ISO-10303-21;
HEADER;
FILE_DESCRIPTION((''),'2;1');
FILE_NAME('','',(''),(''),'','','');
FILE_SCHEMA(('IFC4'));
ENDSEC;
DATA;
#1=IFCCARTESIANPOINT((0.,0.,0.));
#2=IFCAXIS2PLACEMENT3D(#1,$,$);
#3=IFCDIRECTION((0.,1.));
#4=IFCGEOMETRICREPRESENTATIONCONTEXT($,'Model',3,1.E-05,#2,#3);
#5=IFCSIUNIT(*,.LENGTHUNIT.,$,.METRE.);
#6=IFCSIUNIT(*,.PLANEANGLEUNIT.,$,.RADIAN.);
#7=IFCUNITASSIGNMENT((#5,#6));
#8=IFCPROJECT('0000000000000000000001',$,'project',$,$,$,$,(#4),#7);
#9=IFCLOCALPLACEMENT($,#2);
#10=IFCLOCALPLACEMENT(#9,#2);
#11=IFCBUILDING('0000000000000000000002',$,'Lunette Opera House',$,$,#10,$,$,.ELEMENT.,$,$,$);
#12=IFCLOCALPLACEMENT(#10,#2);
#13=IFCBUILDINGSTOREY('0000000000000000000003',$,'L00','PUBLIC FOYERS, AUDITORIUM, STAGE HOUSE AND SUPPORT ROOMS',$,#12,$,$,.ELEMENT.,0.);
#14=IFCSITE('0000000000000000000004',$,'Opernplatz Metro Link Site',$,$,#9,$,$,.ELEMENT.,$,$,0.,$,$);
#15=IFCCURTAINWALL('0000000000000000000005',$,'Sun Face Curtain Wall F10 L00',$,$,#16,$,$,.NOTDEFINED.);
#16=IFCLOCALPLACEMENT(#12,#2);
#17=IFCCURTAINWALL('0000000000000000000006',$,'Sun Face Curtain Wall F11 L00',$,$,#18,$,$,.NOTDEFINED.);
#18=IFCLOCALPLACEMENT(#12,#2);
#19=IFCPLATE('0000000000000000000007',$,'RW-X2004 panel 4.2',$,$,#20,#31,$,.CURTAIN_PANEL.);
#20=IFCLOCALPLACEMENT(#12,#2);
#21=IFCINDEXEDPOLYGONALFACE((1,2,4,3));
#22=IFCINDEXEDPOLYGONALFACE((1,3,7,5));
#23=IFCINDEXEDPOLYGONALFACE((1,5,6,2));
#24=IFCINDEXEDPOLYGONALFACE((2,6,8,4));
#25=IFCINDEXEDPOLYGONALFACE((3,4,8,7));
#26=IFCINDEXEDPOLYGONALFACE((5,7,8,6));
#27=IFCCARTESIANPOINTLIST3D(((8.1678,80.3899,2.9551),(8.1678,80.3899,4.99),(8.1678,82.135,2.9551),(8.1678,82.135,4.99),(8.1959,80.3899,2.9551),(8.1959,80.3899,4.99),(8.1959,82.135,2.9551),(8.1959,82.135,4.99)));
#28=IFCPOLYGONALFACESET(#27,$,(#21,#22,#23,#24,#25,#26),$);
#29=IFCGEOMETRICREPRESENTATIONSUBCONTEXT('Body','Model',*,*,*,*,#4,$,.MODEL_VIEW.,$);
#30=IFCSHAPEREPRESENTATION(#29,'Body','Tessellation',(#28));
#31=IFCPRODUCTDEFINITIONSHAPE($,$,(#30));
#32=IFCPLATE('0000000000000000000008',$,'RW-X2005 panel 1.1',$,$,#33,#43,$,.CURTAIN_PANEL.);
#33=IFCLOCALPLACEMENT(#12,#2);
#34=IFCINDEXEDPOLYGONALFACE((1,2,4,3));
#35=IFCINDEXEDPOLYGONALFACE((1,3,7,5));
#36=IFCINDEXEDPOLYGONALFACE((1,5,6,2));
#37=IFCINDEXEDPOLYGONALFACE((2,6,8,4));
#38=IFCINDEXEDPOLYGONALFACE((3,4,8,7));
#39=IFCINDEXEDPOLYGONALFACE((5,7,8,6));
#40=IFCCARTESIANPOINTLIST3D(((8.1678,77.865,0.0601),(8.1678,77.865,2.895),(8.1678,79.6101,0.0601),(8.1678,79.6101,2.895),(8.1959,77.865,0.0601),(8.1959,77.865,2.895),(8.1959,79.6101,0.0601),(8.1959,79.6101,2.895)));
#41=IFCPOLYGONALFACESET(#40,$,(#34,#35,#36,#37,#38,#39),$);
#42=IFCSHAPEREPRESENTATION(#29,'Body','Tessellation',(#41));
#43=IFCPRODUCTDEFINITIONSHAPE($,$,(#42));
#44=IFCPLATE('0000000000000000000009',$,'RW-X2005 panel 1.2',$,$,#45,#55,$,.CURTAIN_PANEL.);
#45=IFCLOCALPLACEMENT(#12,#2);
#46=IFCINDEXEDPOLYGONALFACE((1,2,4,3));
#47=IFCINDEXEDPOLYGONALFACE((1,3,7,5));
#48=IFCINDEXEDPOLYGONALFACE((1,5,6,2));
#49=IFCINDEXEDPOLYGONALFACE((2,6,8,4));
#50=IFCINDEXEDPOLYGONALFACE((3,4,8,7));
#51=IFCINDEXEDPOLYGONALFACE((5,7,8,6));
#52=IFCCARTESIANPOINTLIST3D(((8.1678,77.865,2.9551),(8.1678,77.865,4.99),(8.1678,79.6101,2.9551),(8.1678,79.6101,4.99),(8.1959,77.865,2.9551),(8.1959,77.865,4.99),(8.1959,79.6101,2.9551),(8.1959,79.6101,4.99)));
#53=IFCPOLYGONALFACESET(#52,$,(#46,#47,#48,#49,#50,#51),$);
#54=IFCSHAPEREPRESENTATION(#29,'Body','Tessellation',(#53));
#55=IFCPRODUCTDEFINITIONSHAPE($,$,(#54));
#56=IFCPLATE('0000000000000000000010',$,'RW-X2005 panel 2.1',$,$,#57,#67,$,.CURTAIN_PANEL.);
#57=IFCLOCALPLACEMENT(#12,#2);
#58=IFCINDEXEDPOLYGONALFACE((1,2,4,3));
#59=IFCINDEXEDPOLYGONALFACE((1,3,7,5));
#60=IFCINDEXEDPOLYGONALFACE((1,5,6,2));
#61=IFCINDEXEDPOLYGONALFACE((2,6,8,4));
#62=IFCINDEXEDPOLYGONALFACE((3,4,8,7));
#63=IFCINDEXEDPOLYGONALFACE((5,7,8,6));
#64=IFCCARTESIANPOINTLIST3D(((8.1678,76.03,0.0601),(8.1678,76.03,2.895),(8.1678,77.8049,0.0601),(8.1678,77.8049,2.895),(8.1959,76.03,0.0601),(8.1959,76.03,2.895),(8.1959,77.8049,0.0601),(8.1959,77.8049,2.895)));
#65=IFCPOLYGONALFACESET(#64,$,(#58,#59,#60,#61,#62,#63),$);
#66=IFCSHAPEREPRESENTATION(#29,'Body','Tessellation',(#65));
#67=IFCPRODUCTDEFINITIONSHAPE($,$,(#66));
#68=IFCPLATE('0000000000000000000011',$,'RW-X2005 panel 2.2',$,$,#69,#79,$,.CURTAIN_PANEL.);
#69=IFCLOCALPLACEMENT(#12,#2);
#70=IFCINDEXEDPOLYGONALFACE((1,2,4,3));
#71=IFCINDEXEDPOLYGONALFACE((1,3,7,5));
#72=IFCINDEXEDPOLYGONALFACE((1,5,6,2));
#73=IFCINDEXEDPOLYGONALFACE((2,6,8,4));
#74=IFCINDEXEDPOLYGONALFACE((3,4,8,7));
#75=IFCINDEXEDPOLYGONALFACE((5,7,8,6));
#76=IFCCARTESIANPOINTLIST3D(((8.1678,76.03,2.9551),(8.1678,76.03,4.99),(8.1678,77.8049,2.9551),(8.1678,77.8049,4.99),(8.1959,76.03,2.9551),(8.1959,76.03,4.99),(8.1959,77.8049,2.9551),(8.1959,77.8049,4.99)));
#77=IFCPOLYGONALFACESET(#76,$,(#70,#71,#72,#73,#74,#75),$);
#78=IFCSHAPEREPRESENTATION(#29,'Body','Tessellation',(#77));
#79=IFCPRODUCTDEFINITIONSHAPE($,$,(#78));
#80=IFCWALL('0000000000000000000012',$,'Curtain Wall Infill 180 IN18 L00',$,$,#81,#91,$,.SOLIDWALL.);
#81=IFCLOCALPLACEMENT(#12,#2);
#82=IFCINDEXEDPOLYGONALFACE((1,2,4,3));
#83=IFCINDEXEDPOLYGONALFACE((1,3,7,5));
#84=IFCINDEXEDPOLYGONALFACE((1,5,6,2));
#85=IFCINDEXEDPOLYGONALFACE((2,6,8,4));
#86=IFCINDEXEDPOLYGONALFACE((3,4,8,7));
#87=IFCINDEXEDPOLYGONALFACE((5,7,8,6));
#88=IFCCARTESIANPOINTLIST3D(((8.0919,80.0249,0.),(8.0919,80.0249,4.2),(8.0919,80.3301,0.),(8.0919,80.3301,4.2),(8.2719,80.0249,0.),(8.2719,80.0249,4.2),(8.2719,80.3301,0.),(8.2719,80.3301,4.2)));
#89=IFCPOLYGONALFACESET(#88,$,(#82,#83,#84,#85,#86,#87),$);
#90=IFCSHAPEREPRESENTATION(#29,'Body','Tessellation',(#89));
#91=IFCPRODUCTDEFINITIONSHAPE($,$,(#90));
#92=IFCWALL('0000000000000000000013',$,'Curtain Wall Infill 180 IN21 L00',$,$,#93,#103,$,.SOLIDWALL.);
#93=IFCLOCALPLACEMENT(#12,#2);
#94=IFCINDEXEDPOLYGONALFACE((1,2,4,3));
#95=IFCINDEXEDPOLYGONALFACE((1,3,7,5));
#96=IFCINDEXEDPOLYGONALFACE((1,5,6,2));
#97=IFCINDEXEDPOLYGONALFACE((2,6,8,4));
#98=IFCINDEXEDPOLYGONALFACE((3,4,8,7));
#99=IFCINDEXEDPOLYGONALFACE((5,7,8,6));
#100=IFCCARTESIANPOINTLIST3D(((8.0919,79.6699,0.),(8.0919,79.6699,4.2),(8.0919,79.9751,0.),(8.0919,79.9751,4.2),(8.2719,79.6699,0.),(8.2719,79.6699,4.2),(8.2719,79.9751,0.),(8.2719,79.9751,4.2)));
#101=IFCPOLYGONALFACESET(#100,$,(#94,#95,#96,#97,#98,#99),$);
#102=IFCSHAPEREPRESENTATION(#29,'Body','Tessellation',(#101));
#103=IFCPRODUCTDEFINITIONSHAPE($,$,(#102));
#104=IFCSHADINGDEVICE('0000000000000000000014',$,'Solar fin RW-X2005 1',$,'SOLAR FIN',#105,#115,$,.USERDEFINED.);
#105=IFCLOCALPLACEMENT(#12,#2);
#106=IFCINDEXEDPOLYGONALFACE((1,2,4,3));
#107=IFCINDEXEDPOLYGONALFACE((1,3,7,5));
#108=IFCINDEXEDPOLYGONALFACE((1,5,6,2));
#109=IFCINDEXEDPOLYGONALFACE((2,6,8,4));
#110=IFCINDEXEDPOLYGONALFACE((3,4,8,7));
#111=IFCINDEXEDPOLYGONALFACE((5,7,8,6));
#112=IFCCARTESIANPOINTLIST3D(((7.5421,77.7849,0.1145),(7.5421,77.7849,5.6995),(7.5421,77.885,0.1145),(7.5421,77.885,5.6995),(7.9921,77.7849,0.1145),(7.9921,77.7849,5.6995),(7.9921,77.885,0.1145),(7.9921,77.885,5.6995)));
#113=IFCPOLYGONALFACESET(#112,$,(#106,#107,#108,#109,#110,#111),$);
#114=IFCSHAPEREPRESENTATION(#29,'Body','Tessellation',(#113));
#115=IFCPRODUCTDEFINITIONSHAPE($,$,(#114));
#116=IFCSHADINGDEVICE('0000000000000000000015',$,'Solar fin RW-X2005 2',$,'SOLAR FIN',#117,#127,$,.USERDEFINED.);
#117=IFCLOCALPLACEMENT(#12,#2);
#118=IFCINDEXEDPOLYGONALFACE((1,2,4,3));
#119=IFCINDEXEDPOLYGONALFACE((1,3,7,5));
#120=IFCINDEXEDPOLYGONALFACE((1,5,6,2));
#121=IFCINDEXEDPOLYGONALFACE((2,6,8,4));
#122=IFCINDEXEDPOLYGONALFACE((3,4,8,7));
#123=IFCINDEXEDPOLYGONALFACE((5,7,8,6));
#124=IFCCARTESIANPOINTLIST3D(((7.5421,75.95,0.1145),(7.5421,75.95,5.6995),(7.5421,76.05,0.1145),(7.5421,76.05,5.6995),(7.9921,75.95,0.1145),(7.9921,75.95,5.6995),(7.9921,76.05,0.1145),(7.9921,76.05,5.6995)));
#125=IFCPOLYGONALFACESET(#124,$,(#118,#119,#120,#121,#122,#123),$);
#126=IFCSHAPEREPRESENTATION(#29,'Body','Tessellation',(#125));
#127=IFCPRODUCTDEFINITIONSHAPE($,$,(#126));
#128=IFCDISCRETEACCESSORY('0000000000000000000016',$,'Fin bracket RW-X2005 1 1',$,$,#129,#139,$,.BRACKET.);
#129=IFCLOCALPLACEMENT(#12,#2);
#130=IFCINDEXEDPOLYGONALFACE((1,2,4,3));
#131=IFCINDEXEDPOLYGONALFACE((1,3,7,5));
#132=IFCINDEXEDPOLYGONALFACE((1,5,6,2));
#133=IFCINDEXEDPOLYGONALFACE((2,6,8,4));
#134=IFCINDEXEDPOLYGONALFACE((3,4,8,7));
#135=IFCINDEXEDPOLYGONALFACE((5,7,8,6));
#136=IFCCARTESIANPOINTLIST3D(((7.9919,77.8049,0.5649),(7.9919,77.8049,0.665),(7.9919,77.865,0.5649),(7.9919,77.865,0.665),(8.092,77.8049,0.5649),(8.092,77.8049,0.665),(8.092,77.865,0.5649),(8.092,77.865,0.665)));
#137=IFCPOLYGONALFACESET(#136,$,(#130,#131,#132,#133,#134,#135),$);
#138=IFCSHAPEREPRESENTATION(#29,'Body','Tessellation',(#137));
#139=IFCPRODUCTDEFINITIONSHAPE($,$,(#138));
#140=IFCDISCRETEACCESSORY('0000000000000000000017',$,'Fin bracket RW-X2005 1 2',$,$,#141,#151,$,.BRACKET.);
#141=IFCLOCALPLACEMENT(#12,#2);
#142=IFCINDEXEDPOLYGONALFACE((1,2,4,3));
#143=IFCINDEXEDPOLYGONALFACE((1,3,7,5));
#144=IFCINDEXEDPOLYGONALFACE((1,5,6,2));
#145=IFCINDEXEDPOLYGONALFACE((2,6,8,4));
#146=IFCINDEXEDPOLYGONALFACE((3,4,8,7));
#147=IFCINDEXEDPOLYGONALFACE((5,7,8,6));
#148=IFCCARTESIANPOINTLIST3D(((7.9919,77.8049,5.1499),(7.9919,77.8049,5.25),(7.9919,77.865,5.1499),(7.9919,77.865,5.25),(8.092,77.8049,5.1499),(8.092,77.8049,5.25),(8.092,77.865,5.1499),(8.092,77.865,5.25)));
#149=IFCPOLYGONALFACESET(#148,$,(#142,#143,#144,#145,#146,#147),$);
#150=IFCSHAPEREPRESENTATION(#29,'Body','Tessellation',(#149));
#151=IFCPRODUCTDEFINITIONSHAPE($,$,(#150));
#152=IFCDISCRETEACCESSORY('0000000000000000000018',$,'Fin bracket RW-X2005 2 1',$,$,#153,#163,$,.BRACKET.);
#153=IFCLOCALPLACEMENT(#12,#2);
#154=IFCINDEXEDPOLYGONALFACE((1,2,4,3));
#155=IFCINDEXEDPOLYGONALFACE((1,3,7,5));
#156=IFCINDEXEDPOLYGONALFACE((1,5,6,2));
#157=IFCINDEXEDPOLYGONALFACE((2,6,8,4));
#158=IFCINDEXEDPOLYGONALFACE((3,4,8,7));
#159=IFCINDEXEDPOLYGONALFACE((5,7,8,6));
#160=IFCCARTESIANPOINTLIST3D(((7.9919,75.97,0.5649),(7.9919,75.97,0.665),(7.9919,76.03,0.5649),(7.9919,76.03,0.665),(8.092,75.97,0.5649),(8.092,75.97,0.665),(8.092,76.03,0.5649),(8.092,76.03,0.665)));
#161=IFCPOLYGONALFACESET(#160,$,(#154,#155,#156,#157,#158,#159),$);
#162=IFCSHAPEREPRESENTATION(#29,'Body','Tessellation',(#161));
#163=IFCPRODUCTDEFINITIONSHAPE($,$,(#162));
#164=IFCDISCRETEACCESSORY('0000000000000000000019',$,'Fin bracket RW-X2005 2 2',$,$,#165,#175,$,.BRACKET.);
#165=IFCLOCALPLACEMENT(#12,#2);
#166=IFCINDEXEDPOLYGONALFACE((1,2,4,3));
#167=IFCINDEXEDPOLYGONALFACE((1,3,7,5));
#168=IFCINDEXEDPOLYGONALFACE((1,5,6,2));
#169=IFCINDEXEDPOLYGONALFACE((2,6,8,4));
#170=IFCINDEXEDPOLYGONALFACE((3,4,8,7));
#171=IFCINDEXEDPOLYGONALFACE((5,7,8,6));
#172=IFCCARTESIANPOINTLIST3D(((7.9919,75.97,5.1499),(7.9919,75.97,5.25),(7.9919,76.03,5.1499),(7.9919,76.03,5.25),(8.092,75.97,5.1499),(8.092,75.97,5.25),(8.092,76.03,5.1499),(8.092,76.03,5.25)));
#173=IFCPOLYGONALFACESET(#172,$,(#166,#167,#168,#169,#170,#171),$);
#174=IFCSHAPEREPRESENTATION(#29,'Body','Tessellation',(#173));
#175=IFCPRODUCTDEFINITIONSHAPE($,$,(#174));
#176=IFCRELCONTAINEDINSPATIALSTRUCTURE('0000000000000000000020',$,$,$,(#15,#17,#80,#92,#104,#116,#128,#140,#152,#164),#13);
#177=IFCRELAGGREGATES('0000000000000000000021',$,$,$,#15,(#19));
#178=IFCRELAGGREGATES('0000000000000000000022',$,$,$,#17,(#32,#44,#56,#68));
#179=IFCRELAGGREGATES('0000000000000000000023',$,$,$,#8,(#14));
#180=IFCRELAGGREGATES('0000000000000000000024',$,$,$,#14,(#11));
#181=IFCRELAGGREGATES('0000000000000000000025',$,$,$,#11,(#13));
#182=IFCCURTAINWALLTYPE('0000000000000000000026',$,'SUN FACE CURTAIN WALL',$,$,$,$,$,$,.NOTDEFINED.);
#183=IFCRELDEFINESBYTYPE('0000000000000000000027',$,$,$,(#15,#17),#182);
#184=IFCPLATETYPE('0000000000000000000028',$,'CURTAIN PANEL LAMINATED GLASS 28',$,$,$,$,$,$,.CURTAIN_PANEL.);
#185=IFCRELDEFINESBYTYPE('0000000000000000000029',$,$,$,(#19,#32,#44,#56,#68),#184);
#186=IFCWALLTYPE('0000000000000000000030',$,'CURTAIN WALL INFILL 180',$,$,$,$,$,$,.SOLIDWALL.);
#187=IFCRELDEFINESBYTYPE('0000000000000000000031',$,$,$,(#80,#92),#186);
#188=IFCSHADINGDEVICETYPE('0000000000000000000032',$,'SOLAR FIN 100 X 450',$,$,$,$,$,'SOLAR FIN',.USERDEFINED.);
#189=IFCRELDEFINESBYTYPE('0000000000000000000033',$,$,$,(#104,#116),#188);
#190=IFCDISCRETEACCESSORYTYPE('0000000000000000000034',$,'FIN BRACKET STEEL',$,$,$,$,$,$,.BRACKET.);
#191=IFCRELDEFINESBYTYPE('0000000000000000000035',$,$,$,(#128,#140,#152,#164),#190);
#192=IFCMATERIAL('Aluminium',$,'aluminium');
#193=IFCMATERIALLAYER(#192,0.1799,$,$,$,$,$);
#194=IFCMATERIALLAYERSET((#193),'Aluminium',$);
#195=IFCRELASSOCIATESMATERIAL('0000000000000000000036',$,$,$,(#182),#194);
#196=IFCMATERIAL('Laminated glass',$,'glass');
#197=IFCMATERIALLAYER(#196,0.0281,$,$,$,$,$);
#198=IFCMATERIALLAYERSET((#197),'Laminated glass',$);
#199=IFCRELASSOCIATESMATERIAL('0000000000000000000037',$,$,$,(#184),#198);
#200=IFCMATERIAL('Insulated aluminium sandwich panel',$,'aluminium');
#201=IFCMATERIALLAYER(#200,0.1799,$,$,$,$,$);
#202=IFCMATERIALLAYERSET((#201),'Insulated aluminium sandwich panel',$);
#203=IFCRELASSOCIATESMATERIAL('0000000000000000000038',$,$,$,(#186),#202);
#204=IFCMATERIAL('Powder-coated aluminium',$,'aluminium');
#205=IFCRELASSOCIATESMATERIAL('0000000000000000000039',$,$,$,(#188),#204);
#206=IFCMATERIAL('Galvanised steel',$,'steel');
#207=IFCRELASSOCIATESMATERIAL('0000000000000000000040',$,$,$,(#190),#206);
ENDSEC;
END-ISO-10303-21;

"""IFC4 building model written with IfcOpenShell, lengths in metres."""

from ifc_helpers import new_model, si_unit, direction, frame, frame_2d, origin, origin_2d, place, context, subcontext, project, spatial, rectangle, extrude, material, layer, layer_set, type_object, element, aggregate, save


model = new_model("IFC4")

# Units and contexts
model_context = context("Model", 3, precision=1e-05, world=origin(), true_north=direction((0.0, 1.0)))
body_context = subcontext(model_context, "Body", "Model", "MODEL_VIEW")
ifc_project = project(units=[si_unit("LENGTHUNIT", "METRE"), si_unit("PLANEANGLEUNIT", "RADIAN")], contexts=[model_context])

# Site, building, storey
site_placement = place(None, origin())
site = spatial("IfcSite", under=ifc_project, at=site_placement, Name="Opernplatz Metro Link Site", CompositionType="ELEMENT", RefElevation=0.0)
building_placement = place(site_placement, origin())
building = spatial("IfcBuilding", under=site, at=building_placement, Name="Lunette Opera House", CompositionType="ELEMENT")
storey_placement = place(building_placement, origin())
storey = spatial("IfcBuildingStorey", under=building, at=storey_placement, Name="L00", Description="PUBLIC FOYERS, AUDITORIUM, STAGE HOUSE AND SUPPORT ROOMS", CompositionType="ELEMENT", Elevation=0.0)

# Curtain wall
ifc_material_1 = material(Name="Aluminium", Category="aluminium")
ifc_layer_1 = layer(ifc_material_1, 0.1799)
ifc_layer_set_1 = layer_set([ifc_layer_1], Name="Aluminium")
curtain_wall_type = type_object("IfcCurtainWallType", Name="SUN FACE CURTAIN WALL", PredefinedType="NOTDEFINED", material=ifc_layer_set_1)
curtain_wall_1_placement = place(storey_placement, origin())
curtain_wall_1 = element("IfcCurtainWall", 1, at=curtain_wall_1_placement, inside=storey, type_object=curtain_wall_type, Name="Sun Face Curtain Wall F10 L00", PredefinedType="NOTDEFINED")

# Curtain wall
curtain_wall_2_placement = place(storey_placement, origin())
curtain_wall_2 = element("IfcCurtainWall", 2, at=curtain_wall_2_placement, inside=storey, type_object=curtain_wall_type, Name="Sun Face Curtain Wall F11 L00", PredefinedType="NOTDEFINED")

# Plates
ifc_material_2 = material(Name="Laminated glass", Category="glass")
ifc_layer_2 = layer(ifc_material_2, 0.0281)
ifc_layer_set_2 = layer_set([ifc_layer_2], Name="Laminated glass")
plate_type = type_object("IfcPlateType", Name="CURTAIN PANEL LAMINATED GLASS 28", PredefinedType="CURTAIN_PANEL", material=ifc_layer_set_2)
plate_1_placement = place(storey_placement, frame((8.1819, 81.2625, 2.9551), z_axis=(0.0, 0.0, 1.0), x_axis=(0.0, -1.0, 0.0)))
plate_1 = element("IfcPlate", 3, at=plate_1_placement, type_object=plate_type, Name="RW-X2004 panel 4.2", PredefinedType="CURTAIN_PANEL", context=body_context, shape_type="SweptSolid", body=[
    extrude(rectangle(XDim=1.7451, YDim=0.0281, at=origin_2d()), origin(), (0.0, 0.0, 1.0), 2.0349),
])
aggregate(curtain_wall_1, [plate_1])
plate_2_placement = place(storey_placement, frame((8.1819, 78.7375, 0.0601), z_axis=(0.0, 0.0, 1.0), x_axis=(0.0, -1.0, 0.0)))
plate_2 = element("IfcPlate", 4, at=plate_2_placement, type_object=plate_type, Name="RW-X2005 panel 1.1", PredefinedType="CURTAIN_PANEL", context=body_context, shape_type="SweptSolid", body=[
    extrude(rectangle(XDim=1.7451, YDim=0.0281, at=origin_2d()), origin(), (0.0, 0.0, 1.0), 2.835),
])
plate_3_placement = place(storey_placement, frame((8.1819, 78.7375, 2.9551), z_axis=(0.0, 0.0, 1.0), x_axis=(0.0, -1.0, 0.0)))
plate_3 = element("IfcPlate", 5, at=plate_3_placement, type_object=plate_type, Name="RW-X2005 panel 1.2", PredefinedType="CURTAIN_PANEL", context=body_context, shape_type="SweptSolid", body=[
    extrude(rectangle(XDim=1.7451, YDim=0.0281, at=origin_2d()), origin(), (0.0, 0.0, 1.0), 2.0349),
])
plate_4_placement = place(storey_placement, frame((8.1819, 76.9175, 0.0601), z_axis=(0.0, 0.0, 1.0), x_axis=(0.0, -1.0, 0.0)))
plate_4 = element("IfcPlate", 6, at=plate_4_placement, type_object=plate_type, Name="RW-X2005 panel 2.1", PredefinedType="CURTAIN_PANEL", context=body_context, shape_type="SweptSolid", body=[
    extrude(rectangle(XDim=1.7749, YDim=0.0281, at=origin_2d()), origin(), (0.0, 0.0, 1.0), 2.835),
])
plate_5_placement = place(storey_placement, frame((8.1819, 76.9175, 2.9551), z_axis=(0.0, 0.0, 1.0), x_axis=(0.0, -1.0, 0.0)))
plate_5 = element("IfcPlate", 7, at=plate_5_placement, type_object=plate_type, Name="RW-X2005 panel 2.2", PredefinedType="CURTAIN_PANEL", context=body_context, shape_type="SweptSolid", body=[
    extrude(rectangle(XDim=1.7749, YDim=0.0281, at=origin_2d()), origin(), (0.0, 0.0, 1.0), 2.0349),
])
aggregate(curtain_wall_2, [plate_2, plate_3, plate_4, plate_5])

# Walls
ifc_material_3 = material(Name="Insulated aluminium sandwich panel", Category="aluminium")
ifc_layer_3 = layer(ifc_material_3, 0.1799)
ifc_layer_set_3 = layer_set([ifc_layer_3], Name="Insulated aluminium sandwich panel")
wall_type = type_object("IfcWallType", Name="CURTAIN WALL INFILL 180", PredefinedType="SOLIDWALL", material=ifc_layer_set_3)
for number, where, z_axis, x_axis, name in (
    (8, (8.1819, 80.3301, 0.0), (0.0, 0.0, 1.0), (0.0, -1.0, 0.0), "Curtain Wall Infill 180 IN18 L00"),
    (9, (8.1819, 79.6699, 0.0), (0.0, 0.0, 1.0), (0.0, 1.0, 0.0), "Curtain Wall Infill 180 IN21 L00"),
):
    element("IfcWall", number, at=place(storey_placement, frame(where, z_axis=z_axis, x_axis=x_axis)), inside=storey, type_object=wall_type, Name=name, PredefinedType="SOLIDWALL", context=body_context, shape_type="SweptSolid", body=[
        extrude(rectangle(XDim=0.3052, YDim=0.1799, at=frame_2d((0.1526, 0.0))), origin(), (0.0, 0.0, 1.0), 4.2),
    ])

# Shading devices
ifc_material_4 = material(Name="Powder-coated aluminium", Category="aluminium")
shading_device_type = type_object("IfcShadingDeviceType", Name="SOLAR FIN 100 X 450", ElementType="SOLAR FIN", PredefinedType="USERDEFINED", material=ifc_material_4)
for number, where, z_axis, x_axis, name in (
    (10, (7.7671, 77.835, 0.1145), (0.0, 0.0, 1.0), (-1.0, 0.0, 0.0), "Solar fin RW-X2005 1"),
    (11, (7.7671, 76.0, 0.1145), (0.0, 0.0, 1.0), (-1.0, 0.0, 0.0), "Solar fin RW-X2005 2"),
):
    element("IfcShadingDevice", number, at=place(storey_placement, frame(where, z_axis=z_axis, x_axis=x_axis)), inside=storey, type_object=shading_device_type, Name=name, ObjectType="SOLAR FIN", PredefinedType="USERDEFINED", context=body_context, shape_type="SweptSolid", body=[
        extrude(rectangle(XDim=0.45, YDim=0.1001, at=origin_2d()), origin(), (0.0, 0.0, 1.0), 5.585),
    ])

# Discrete accessories
ifc_material_5 = material(Name="Galvanised steel", Category="steel")
discrete_accessory_type = type_object("IfcDiscreteAccessoryType", Name="FIN BRACKET STEEL", PredefinedType="BRACKET", material=ifc_material_5)
for number, where, z_axis, x_axis, name in (
    (12, (8.042, 77.835, 0.5649), (0.0, 0.0, 1.0), (-1.0, 0.0, 0.0), "Fin bracket RW-X2005 1 1"),
    (13, (8.042, 77.835, 5.1499), (0.0, 0.0, 1.0), (-1.0, 0.0, 0.0), "Fin bracket RW-X2005 1 2"),
    (14, (8.042, 76.0, 0.5649), (0.0, 0.0, 1.0), (-1.0, 0.0, 0.0), "Fin bracket RW-X2005 2 1"),
    (15, (8.042, 76.0, 5.1499), (0.0, 0.0, 1.0), (-1.0, 0.0, 0.0), "Fin bracket RW-X2005 2 2"),
):
    element("IfcDiscreteAccessory", number, at=place(storey_placement, frame(where, z_axis=z_axis, x_axis=x_axis)), inside=storey, type_object=discrete_accessory_type, Name=name, PredefinedType="BRACKET", context=body_context, shape_type="SweptSolid", body=[
        extrude(rectangle(XDim=0.1001, YDim=0.0601, at=origin_2d()), origin(), (0.0, 0.0, 1.0), 0.1001),
    ])

save(model, "model.ifc")
